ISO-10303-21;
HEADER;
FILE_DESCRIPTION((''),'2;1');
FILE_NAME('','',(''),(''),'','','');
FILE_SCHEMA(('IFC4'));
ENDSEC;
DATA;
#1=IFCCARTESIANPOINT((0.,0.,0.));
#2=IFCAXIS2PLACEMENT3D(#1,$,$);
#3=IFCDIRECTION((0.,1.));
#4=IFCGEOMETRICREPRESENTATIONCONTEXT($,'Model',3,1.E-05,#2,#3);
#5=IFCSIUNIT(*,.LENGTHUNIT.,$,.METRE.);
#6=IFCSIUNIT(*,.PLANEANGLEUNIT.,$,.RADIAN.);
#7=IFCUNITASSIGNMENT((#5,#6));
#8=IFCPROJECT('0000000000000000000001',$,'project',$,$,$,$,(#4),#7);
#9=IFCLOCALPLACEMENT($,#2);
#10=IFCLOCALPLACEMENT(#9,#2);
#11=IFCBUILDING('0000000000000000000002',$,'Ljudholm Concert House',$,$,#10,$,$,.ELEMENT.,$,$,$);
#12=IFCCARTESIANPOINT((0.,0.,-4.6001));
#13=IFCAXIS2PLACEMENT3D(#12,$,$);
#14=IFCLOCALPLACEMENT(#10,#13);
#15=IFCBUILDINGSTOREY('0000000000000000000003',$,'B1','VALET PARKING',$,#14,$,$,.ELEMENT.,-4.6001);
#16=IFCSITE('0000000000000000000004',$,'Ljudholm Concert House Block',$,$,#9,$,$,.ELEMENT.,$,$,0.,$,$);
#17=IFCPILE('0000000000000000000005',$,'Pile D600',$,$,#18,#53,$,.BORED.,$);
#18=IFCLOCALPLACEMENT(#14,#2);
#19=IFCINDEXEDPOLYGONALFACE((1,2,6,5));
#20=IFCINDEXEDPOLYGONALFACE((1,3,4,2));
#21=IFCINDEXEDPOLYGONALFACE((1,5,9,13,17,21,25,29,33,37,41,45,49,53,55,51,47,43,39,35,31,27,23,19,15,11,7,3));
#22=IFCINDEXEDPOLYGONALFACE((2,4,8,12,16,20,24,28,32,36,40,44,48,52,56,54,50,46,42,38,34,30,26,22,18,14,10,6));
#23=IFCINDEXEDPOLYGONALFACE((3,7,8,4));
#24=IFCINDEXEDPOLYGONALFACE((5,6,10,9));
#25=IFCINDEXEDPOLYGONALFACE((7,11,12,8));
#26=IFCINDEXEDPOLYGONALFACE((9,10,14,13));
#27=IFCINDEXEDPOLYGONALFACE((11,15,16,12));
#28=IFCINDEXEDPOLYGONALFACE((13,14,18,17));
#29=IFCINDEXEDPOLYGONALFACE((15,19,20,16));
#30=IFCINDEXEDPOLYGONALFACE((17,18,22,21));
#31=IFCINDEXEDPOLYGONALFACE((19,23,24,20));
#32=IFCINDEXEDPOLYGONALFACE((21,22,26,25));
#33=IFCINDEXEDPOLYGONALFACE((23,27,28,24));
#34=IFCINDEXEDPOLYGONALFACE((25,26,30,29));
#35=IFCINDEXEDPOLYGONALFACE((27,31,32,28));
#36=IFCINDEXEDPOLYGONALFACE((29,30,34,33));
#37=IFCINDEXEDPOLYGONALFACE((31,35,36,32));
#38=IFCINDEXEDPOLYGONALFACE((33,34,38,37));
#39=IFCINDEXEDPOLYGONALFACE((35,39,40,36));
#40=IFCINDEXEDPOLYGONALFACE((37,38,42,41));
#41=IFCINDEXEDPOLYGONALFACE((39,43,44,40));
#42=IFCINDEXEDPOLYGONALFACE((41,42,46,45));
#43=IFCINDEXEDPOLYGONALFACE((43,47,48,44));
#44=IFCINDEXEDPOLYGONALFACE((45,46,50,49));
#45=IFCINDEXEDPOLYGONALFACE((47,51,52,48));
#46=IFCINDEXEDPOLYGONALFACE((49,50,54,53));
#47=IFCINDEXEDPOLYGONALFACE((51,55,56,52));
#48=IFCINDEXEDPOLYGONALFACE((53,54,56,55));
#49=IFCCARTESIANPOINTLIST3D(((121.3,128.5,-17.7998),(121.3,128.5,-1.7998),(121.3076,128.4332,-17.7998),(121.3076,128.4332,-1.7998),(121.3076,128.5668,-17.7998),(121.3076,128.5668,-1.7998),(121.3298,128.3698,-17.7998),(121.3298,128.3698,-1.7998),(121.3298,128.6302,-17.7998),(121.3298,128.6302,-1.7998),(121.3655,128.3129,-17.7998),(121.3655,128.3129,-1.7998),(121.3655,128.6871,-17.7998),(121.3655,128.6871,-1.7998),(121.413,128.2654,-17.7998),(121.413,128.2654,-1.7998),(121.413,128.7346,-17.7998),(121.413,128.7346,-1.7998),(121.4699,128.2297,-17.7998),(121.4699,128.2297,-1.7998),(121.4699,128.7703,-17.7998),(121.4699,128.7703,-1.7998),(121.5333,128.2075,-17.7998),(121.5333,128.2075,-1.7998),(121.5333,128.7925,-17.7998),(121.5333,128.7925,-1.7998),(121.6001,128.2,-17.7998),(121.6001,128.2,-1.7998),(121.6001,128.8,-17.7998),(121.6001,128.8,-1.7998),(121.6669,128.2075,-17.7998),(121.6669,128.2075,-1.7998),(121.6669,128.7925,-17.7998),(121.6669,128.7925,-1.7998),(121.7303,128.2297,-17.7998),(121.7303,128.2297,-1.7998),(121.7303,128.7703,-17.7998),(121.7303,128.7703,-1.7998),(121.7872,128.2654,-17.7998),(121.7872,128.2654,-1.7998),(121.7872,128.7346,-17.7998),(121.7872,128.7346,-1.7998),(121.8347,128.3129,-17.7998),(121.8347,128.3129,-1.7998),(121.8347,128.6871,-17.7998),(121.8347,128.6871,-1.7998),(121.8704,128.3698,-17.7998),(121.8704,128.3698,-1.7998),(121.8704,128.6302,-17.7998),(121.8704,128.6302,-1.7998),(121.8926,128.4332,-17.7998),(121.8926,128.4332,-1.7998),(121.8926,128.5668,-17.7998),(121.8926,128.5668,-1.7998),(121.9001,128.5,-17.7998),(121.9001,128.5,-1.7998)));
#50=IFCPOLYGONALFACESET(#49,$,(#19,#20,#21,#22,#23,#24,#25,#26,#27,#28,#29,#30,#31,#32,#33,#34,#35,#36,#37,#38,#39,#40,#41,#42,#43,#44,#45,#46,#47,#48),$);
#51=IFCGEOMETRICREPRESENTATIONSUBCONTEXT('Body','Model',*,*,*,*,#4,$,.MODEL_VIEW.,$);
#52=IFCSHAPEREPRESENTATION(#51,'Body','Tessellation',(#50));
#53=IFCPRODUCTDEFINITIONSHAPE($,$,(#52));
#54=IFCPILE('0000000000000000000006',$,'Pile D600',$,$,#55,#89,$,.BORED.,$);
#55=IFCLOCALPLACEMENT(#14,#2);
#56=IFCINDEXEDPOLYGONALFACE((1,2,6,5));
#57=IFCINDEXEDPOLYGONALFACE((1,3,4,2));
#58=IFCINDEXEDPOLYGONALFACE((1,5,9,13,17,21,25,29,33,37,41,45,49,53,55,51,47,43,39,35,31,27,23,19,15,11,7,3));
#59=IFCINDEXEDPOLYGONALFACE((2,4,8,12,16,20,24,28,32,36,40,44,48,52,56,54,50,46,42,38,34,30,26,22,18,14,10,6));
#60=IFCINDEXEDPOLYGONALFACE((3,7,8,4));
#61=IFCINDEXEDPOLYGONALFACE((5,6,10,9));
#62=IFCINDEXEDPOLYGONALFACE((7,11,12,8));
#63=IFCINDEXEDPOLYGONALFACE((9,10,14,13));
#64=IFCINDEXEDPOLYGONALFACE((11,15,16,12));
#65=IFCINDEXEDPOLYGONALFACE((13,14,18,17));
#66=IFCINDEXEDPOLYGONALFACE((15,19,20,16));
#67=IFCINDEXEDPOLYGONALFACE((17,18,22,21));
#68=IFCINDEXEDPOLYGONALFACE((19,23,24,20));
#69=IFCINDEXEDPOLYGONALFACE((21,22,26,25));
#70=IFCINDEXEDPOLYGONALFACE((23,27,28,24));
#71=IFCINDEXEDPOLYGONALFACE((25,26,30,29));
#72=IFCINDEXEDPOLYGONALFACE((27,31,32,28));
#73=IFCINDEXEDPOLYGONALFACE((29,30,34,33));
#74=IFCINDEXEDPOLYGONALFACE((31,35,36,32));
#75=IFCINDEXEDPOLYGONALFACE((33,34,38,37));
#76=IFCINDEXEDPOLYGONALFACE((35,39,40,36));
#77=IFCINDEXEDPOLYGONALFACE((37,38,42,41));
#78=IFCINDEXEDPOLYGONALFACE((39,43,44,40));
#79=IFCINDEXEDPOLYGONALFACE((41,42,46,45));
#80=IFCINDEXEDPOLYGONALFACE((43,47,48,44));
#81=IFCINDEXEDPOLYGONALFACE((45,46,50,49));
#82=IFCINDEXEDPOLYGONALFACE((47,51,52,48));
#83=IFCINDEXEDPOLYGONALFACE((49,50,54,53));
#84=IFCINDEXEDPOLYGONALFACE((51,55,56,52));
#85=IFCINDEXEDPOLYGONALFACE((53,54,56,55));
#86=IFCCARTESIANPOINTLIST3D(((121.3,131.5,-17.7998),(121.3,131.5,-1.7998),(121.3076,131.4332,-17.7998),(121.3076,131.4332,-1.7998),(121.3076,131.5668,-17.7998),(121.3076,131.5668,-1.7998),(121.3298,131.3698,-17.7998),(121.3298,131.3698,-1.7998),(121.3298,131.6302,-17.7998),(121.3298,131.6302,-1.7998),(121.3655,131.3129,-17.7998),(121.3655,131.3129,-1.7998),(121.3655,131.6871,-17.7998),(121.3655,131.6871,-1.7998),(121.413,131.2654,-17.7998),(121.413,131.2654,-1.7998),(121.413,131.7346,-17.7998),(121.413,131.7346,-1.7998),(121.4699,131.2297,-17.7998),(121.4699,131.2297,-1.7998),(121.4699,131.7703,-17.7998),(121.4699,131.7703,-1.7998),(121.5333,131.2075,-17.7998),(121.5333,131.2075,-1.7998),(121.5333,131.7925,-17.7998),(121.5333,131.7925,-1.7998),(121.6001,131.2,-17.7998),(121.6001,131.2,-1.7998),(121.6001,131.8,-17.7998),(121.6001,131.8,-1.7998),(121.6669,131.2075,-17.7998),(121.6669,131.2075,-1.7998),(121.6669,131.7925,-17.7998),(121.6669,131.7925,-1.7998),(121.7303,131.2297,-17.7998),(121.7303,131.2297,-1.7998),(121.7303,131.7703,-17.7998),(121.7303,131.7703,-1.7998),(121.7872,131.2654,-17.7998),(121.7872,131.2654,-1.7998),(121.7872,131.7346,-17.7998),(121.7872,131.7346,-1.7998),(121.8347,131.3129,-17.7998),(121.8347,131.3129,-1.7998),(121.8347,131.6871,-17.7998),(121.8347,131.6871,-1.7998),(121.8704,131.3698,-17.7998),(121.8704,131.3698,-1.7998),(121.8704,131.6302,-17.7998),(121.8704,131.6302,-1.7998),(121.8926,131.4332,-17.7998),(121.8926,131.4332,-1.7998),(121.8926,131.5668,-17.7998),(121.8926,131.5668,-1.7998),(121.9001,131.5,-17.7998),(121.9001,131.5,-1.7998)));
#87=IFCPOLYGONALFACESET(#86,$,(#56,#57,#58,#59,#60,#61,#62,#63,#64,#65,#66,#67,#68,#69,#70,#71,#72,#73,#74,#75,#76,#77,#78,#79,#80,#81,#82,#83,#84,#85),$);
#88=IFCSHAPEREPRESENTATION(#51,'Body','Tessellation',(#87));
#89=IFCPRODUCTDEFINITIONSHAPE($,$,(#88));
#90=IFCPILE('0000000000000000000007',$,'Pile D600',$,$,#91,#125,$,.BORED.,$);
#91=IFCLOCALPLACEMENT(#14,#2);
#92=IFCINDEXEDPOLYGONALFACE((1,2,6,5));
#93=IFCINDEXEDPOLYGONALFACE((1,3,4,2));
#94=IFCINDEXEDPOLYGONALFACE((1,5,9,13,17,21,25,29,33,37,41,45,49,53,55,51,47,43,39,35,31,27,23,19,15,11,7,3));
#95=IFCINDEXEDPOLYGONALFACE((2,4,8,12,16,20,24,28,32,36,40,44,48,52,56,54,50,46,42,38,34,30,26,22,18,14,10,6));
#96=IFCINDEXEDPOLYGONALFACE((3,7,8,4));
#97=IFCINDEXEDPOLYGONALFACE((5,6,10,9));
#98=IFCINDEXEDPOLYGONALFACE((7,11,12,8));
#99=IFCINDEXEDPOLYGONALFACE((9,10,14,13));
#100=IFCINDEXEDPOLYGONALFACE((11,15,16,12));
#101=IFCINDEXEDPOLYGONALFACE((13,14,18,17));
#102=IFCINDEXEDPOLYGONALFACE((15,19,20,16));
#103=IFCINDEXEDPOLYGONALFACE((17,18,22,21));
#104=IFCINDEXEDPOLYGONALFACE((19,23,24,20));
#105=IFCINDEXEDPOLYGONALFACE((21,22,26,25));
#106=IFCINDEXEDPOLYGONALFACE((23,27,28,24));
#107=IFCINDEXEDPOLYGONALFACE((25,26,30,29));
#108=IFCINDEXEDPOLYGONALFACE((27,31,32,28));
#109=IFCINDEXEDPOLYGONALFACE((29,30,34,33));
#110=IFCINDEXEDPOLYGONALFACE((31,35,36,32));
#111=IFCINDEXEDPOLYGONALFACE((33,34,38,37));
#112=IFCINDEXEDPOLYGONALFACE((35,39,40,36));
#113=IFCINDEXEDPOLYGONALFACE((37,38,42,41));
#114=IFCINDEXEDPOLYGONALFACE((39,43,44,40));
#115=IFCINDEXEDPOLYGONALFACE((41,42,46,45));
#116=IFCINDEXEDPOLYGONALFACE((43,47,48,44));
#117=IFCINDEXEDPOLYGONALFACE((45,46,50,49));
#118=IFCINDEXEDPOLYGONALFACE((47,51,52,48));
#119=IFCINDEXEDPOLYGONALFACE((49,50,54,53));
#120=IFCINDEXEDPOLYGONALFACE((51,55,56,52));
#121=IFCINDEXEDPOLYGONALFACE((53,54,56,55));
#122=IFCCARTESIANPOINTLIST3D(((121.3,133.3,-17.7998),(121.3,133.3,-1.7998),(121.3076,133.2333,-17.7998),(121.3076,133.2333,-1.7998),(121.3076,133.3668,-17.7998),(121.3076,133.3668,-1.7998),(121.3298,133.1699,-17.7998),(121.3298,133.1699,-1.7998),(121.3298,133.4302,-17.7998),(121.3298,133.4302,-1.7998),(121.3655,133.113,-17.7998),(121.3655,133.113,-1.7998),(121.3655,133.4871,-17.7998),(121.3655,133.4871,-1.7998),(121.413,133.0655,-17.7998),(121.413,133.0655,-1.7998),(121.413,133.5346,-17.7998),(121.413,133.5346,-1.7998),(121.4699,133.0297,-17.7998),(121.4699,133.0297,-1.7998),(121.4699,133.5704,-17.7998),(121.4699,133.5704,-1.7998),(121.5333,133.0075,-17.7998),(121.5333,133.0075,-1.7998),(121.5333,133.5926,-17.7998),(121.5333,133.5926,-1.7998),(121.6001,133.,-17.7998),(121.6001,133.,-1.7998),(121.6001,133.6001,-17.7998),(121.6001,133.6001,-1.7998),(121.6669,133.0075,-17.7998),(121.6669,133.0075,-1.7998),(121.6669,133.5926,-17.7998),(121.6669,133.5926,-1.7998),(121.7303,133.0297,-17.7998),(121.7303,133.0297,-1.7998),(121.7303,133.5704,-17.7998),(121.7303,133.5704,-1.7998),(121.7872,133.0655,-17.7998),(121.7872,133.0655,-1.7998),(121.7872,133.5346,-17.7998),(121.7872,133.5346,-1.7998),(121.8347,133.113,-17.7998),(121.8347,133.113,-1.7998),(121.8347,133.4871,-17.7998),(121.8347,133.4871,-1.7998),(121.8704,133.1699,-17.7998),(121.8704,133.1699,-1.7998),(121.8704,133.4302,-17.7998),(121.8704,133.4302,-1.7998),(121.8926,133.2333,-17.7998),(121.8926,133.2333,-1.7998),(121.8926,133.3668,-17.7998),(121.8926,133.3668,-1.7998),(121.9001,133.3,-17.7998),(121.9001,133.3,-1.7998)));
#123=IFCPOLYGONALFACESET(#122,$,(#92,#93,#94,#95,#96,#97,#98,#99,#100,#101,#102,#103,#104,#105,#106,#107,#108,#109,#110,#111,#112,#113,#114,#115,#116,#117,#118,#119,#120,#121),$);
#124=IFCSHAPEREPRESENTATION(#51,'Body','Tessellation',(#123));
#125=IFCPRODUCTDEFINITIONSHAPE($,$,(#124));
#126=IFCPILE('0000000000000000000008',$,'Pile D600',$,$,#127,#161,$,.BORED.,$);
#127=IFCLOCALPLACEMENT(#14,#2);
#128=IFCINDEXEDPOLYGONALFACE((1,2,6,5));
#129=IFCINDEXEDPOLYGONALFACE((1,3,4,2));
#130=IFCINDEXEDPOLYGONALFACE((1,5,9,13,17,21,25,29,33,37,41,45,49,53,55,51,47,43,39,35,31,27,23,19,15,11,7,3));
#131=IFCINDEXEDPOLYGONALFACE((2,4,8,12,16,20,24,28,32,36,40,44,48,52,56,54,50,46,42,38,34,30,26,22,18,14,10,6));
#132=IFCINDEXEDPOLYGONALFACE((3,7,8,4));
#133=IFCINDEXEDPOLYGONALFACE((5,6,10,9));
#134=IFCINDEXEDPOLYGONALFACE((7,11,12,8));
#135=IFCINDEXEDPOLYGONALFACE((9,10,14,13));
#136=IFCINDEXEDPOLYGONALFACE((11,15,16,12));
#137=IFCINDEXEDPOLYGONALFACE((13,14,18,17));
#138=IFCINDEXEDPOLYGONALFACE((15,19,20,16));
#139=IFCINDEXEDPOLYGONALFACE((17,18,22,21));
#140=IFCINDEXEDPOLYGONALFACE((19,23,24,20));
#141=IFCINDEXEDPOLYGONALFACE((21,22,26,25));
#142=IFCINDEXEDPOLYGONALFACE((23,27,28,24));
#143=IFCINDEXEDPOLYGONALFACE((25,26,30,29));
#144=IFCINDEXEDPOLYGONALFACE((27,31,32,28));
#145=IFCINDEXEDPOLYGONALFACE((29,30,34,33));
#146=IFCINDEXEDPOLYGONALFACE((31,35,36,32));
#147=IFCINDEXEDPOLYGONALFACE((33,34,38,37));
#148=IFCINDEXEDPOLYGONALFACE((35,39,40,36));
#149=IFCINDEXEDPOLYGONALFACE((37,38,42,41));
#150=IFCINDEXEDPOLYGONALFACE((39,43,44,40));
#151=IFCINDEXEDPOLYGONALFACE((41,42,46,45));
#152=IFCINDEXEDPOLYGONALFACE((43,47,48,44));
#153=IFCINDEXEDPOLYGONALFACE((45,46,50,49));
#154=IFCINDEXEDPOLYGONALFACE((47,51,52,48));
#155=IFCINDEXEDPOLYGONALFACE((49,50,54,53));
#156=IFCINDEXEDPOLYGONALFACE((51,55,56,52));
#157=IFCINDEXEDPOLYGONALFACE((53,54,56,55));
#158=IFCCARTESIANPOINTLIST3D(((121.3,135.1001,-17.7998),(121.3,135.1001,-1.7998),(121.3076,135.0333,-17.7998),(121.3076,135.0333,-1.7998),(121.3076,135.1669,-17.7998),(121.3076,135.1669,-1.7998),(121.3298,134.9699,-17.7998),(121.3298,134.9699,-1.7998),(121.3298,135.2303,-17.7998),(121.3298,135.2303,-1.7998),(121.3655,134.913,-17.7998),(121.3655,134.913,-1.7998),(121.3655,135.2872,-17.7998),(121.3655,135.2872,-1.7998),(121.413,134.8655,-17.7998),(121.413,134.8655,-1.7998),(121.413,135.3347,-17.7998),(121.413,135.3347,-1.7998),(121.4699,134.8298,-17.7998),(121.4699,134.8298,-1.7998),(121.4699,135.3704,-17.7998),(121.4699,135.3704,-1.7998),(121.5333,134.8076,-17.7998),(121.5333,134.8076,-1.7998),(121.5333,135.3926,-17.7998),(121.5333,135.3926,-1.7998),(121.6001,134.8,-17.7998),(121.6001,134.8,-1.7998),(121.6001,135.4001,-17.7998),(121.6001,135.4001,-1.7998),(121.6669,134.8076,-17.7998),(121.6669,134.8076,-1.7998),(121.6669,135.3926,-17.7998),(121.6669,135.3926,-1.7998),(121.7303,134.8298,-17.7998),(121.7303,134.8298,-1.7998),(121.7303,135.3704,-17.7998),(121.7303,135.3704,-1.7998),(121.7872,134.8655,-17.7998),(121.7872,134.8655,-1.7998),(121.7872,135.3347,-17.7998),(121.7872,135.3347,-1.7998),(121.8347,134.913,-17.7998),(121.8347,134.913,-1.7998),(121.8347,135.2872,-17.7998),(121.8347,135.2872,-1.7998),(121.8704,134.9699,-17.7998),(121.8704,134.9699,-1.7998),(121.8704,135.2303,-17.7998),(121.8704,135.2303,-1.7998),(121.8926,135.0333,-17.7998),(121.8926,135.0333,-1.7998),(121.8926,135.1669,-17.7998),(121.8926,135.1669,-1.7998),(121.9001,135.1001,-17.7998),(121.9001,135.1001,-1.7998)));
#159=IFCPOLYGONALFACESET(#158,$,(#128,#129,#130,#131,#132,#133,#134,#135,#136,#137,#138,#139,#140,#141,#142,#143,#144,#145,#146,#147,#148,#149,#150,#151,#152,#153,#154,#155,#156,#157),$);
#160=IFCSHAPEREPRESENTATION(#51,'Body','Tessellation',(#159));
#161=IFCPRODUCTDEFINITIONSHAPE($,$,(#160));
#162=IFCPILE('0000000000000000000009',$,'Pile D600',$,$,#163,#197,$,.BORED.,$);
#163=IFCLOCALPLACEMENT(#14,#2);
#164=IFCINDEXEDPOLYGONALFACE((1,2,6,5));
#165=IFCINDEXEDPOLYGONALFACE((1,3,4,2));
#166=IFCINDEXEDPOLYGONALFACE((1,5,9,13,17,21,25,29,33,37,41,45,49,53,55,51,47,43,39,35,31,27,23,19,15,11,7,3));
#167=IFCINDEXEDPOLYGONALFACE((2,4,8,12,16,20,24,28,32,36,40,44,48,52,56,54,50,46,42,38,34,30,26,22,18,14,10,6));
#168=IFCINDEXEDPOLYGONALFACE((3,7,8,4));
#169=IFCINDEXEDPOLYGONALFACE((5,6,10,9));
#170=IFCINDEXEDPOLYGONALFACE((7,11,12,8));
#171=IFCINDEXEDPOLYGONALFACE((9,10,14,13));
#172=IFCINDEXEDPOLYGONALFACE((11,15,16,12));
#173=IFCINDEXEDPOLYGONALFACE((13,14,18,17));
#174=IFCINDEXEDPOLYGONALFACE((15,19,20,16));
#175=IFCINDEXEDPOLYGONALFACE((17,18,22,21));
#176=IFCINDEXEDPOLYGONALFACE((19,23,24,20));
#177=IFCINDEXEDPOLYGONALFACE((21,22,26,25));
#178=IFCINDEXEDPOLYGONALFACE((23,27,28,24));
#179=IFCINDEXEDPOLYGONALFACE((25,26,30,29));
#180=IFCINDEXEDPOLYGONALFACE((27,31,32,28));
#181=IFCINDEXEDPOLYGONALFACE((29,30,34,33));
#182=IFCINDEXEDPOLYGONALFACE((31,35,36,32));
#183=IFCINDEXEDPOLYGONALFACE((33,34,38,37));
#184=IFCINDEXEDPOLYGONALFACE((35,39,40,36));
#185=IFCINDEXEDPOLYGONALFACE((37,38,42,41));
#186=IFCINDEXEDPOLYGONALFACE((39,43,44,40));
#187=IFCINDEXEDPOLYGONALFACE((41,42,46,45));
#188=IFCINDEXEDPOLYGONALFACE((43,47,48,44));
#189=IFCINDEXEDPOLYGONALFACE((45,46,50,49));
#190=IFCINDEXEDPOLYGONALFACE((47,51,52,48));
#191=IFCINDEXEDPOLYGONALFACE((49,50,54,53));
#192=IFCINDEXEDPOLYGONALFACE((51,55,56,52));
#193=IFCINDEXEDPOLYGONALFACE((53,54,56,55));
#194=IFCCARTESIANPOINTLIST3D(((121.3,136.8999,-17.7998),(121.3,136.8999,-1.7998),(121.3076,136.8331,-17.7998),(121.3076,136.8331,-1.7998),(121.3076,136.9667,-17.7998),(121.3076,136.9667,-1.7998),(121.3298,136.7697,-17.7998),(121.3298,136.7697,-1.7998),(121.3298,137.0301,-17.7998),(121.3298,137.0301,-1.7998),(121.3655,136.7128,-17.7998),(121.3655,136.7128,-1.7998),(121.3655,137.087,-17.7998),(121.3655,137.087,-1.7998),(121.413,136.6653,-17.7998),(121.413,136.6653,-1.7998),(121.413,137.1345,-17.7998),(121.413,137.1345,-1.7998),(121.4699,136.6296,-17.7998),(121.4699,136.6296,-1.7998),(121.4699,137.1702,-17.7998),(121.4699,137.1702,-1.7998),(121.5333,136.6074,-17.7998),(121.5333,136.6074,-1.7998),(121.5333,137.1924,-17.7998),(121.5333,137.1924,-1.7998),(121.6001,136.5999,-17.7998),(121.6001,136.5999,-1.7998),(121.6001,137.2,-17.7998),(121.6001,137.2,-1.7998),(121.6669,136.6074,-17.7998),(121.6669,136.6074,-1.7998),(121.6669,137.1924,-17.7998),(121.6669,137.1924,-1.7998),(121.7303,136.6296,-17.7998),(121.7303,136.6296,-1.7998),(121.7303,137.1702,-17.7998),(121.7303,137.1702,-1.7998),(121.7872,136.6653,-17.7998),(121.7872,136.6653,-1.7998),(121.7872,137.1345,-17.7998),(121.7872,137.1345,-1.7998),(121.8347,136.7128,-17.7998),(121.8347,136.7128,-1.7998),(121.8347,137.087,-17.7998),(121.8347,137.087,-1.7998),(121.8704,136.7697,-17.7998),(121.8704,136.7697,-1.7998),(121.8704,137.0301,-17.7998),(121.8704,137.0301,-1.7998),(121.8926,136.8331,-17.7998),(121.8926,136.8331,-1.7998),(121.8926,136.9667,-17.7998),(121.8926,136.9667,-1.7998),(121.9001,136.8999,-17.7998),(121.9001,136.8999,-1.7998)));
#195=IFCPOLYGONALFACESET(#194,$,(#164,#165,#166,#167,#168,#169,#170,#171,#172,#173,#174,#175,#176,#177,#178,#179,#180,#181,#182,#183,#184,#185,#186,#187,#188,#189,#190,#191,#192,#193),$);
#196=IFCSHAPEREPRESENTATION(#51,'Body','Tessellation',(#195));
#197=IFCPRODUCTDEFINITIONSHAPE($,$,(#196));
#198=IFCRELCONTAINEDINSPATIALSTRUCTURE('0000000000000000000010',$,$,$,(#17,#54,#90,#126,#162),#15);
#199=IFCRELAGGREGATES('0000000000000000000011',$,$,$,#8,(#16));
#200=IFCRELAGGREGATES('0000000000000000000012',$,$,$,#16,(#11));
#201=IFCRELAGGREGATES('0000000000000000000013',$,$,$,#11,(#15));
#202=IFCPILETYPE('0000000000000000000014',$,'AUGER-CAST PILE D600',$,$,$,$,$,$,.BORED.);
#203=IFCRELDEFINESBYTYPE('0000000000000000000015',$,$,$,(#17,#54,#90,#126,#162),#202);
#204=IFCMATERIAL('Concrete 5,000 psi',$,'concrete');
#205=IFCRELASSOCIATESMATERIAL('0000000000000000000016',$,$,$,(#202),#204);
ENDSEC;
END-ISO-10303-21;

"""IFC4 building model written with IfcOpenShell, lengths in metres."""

from ifc_helpers import new_model, si_unit, direction, frame, origin, origin_2d, place, context, subcontext, project, spatial, circle, extrude, material, material_profile, profile_set, type_object, element, save


model = new_model("IFC4")

# Units and contexts
model_context = context("Model", 3, precision=1e-05, world=origin(), true_north=direction((0.0, 1.0)))
body_context = subcontext(model_context, "Body", "Model", "MODEL_VIEW")
ifc_project = project(units=[si_unit("LENGTHUNIT", "METRE"), si_unit("PLANEANGLEUNIT", "RADIAN")], contexts=[model_context])

# Site, building, storey
site_placement = place(None, origin())
site = spatial("IfcSite", under=ifc_project, at=site_placement, Name="Ljudholm Concert House Block", CompositionType="ELEMENT", RefElevation=0.0)
building_placement = place(site_placement, origin())
building = spatial("IfcBuilding", under=site, at=building_placement, Name="Ljudholm Concert House", CompositionType="ELEMENT")
storey_placement = place(building_placement, frame((0.0, 0.0, -4.6001)))
storey = spatial("IfcBuildingStorey", under=building, at=storey_placement, Name="B1", Description="VALET PARKING", CompositionType="ELEMENT", Elevation=-4.6001)

# Piles
ifc_material_1 = material(Name="Concrete 5,000 psi", Category="concrete")
ifc_material_profile_1 = material_profile(ifc_material_1, circle(Radius=0.3, at=origin_2d()), Name="AUGER-CAST PILE D600")
ifc_profile_set_1 = profile_set([ifc_material_profile_1], Name="Concrete 5,000 psi")
pile_type = type_object("IfcPileType", Name="AUGER-CAST PILE D600", PredefinedType="BORED", material=ifc_profile_set_1)
for number, where, z_axis, x_axis, name in (
    (1, (121.6001, 128.5, -1.7998), (0.0, 0.0, -1.0), (1.0, 0.0, 0.0), "Pile D600"),
    (2, (121.6001, 131.5, -1.7998), (0.0, 0.0, -1.0), (1.0, 0.0, 0.0), "Pile D600"),
    (3, (121.6001, 133.3, -1.7998), (0.0, 0.0, -1.0), (1.0, 0.0, 0.0), "Pile D600"),
    (4, (121.6001, 135.1001, -1.7998), (0.0, 0.0, -1.0), (1.0, 0.0, 0.0), "Pile D600"),
    (5, (121.6001, 136.8999, -1.7998), (0.0, 0.0, -1.0), (1.0, 0.0, 0.0), "Pile D600"),
):
    element("IfcPile", number, at=place(storey_placement, frame(where, z_axis=z_axis, x_axis=x_axis)), inside=storey, type_object=pile_type, Name=name, PredefinedType="BORED", context=body_context, shape_type="SweptSolid", body=[
        extrude(circle(Radius=0.3, at=origin_2d()), origin(), (0.0, 0.0, 1.0), 16.0),
    ])

save(model, "model.ifc")
